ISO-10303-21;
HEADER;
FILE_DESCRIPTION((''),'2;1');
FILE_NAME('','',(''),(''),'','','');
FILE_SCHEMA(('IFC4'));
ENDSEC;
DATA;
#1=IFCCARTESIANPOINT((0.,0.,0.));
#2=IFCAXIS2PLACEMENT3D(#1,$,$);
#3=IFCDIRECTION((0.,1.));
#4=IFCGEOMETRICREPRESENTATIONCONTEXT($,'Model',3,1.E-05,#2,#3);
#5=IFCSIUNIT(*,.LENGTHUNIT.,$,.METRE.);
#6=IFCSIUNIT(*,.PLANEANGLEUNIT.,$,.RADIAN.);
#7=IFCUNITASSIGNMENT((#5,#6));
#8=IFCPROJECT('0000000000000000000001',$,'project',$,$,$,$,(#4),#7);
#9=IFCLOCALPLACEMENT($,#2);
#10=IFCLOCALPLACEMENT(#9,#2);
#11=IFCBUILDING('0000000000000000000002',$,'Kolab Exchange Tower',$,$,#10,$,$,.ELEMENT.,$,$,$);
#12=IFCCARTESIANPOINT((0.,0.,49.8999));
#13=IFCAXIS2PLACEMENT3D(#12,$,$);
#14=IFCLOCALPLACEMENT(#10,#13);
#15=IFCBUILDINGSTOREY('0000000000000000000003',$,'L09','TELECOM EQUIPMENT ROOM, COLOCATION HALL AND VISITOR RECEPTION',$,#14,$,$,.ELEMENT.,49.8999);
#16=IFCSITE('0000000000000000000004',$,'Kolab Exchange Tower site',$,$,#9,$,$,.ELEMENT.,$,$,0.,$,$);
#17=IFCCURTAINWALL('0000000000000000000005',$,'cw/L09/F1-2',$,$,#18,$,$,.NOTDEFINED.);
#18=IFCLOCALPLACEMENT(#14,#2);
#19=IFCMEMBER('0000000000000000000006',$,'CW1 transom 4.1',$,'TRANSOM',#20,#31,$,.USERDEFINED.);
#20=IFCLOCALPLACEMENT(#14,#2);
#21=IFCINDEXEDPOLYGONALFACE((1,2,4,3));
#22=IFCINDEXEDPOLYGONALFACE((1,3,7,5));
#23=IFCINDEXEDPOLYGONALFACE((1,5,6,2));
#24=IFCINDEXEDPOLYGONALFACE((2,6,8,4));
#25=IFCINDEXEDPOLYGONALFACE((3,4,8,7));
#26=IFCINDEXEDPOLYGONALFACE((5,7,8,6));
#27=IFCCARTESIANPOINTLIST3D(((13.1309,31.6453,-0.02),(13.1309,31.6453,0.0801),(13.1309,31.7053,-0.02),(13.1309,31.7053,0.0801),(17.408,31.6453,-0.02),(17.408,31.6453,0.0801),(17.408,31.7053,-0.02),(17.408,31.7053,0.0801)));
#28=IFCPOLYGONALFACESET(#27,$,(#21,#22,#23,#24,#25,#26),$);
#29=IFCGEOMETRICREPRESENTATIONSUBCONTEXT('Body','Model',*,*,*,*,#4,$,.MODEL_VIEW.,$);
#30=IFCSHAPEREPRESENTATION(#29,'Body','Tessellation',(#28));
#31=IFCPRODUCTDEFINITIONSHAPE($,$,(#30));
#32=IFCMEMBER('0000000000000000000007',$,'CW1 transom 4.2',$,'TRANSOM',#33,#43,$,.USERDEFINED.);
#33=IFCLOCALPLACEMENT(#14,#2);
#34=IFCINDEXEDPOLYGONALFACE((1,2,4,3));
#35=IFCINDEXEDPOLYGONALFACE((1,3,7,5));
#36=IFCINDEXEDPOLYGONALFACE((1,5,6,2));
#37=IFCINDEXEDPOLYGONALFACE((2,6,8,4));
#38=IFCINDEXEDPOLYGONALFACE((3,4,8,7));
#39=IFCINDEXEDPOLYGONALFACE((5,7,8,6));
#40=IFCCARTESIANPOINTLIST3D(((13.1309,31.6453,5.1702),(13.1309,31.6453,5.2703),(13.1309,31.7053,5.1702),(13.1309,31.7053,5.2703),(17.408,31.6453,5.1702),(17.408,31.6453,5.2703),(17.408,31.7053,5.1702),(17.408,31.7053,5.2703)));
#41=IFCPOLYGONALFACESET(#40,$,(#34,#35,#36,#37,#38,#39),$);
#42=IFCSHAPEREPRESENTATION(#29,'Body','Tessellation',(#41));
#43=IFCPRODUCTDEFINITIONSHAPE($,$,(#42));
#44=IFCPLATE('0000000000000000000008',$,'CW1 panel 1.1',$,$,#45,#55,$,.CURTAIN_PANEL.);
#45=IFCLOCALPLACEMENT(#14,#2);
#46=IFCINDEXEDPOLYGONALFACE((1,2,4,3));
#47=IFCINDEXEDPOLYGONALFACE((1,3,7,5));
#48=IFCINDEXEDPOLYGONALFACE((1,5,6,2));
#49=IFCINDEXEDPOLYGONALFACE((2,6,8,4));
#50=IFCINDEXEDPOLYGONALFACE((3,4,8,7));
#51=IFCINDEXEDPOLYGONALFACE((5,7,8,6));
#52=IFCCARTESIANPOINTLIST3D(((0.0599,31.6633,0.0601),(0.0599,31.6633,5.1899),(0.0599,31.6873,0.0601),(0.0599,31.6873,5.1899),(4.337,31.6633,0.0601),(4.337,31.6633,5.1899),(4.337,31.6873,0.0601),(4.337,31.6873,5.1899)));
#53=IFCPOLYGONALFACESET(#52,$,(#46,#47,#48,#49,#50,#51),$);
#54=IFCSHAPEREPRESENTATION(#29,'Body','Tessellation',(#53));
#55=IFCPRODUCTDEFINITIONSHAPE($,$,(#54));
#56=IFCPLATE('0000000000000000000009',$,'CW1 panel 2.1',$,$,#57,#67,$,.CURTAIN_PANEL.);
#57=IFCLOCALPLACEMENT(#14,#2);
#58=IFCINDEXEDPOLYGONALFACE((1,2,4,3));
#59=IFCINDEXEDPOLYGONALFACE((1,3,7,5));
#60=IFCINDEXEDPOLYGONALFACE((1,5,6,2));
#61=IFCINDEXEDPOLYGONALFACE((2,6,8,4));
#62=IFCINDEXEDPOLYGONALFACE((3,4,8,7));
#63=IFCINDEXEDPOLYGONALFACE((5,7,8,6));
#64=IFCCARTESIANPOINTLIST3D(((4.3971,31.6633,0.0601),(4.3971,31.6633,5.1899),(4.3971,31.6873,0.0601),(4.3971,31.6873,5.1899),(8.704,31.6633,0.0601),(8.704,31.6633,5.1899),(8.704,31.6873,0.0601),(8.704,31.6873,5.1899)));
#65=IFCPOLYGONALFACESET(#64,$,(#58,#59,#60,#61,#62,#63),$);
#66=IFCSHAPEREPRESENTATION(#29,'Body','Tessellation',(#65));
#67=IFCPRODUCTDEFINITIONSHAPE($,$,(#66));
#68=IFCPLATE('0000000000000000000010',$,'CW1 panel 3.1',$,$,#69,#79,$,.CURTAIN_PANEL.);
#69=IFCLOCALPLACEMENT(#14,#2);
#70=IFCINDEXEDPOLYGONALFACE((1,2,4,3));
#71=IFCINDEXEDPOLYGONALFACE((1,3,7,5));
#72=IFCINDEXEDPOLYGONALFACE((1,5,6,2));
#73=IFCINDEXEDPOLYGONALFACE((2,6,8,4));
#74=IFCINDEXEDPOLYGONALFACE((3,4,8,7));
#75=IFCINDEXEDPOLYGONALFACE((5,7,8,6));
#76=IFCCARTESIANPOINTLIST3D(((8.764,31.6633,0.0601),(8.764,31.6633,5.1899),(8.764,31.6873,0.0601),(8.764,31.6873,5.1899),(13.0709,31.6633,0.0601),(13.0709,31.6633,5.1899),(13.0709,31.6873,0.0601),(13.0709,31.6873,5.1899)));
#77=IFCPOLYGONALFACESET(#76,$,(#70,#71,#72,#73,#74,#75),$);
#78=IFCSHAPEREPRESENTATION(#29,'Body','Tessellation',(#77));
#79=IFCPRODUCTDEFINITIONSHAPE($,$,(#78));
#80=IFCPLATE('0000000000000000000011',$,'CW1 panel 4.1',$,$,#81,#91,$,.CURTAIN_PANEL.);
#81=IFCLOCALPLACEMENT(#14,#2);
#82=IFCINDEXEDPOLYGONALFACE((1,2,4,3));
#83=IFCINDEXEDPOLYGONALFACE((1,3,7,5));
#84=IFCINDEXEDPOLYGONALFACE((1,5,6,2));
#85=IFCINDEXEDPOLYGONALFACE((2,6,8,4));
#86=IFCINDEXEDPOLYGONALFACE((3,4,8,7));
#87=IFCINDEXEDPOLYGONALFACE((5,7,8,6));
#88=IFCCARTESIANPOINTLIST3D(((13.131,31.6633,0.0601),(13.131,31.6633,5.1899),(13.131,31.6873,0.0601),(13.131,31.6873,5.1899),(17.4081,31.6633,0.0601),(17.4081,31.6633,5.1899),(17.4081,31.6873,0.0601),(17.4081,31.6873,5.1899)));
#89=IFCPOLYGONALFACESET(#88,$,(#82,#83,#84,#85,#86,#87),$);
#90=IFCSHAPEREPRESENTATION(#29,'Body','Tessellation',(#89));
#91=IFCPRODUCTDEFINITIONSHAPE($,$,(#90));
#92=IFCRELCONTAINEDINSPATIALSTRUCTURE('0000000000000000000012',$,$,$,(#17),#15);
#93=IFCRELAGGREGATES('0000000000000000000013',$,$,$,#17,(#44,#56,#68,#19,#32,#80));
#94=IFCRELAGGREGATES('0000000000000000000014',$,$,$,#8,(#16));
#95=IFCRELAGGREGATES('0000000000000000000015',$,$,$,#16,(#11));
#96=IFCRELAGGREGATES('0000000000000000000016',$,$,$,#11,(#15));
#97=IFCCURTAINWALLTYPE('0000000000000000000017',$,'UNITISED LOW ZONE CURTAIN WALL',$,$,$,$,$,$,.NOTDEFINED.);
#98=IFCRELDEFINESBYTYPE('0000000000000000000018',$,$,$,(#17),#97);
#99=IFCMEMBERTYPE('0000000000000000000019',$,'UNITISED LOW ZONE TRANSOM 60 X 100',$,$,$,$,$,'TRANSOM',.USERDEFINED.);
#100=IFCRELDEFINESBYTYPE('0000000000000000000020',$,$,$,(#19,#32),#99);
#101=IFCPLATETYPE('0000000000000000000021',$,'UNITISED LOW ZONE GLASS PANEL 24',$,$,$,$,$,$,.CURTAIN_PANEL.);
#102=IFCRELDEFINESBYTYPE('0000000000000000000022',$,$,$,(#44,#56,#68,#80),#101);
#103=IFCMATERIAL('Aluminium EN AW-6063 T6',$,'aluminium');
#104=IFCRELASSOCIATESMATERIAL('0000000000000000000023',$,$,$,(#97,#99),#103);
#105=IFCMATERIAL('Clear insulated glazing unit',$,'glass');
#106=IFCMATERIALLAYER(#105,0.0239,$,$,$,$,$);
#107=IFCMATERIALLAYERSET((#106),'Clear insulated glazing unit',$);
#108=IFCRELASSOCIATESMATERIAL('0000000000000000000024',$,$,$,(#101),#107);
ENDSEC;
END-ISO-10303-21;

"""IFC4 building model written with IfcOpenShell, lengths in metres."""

from ifc_helpers import new_model, si_unit, direction, frame, origin, origin_2d, place, context, subcontext, project, spatial, rectangle, extrude, material, layer, layer_set, material_profile, profile_set, type_object, element, aggregate, save


model = new_model("IFC4")

# Units and contexts
model_context = context("Model", 3, precision=1e-05, world=origin(), true_north=direction((0.0, 1.0)))
body_context = subcontext(model_context, "Body", "Model", "MODEL_VIEW")
ifc_project = project(units=[si_unit("LENGTHUNIT", "METRE"), si_unit("PLANEANGLEUNIT", "RADIAN")], contexts=[model_context])

# Site, building, storey
site_placement = place(None, origin())
site = spatial("IfcSite", under=ifc_project, at=site_placement, Name="Kolab Exchange Tower site", CompositionType="ELEMENT", RefElevation=0.0)
building_placement = place(site_placement, origin())
building = spatial("IfcBuilding", under=site, at=building_placement, Name="Kolab Exchange Tower", CompositionType="ELEMENT")
storey_placement = place(building_placement, frame((0.0, 0.0, 49.8999)))
storey = spatial("IfcBuildingStorey", under=building, at=storey_placement, Name="L09", Description="TELECOM EQUIPMENT ROOM, COLOCATION HALL AND VISITOR RECEPTION", CompositionType="ELEMENT", Elevation=49.8999)

# Curtain wall, members, plates
ifc_material_1 = material(Name="Aluminium EN AW-6063 T6", Category="aluminium")
curtain_wall_type = type_object("IfcCurtainWallType", Name="UNITISED LOW ZONE CURTAIN WALL", PredefinedType="NOTDEFINED", material=ifc_material_1)
curtain_wall_placement = place(storey_placement, origin())
curtain_wall = element("IfcCurtainWall", 1, at=curtain_wall_placement, inside=storey, type_object=curtain_wall_type, Name="cw/L09/F1-2", PredefinedType="NOTDEFINED")
ifc_material_profile_1 = material_profile(ifc_material_1, rectangle(XDim=0.0601, YDim=0.1001, at=origin_2d()), Name="RECT 60X100")
ifc_profile_set_1 = profile_set([ifc_material_profile_1], Name="Aluminium EN AW-6063 T6")
member_type_1 = type_object("IfcMemberType", Name="UNITISED LOW ZONE TRANSOM 60 X 100", ElementType="TRANSOM", PredefinedType="USERDEFINED", material=ifc_profile_set_1)
member_1_placement = place(storey_placement, frame((13.1309, 31.6753, 0.03), z_axis=(1.0, 0.0, 0.0), x_axis=(0.0, 1.0, 0.0)))
member_1 = element("IfcMember", 2, at=member_1_placement, type_object=member_type_1, Name="CW1 transom 4.1", ObjectType="TRANSOM", PredefinedType="USERDEFINED", context=body_context, shape_type="SweptSolid", body=[
    extrude(rectangle(XDim=0.0601, YDim=0.1001, at=origin_2d()), origin(), (0.0, 0.0, 1.0), 4.2771),
])
member_2_placement = place(storey_placement, frame((13.1309, 31.6753, 5.2202), z_axis=(1.0, 0.0, 0.0), x_axis=(0.0, 1.0, 0.0)))
member_2 = element("IfcMember", 3, at=member_2_placement, type_object=member_type_1, Name="CW1 transom 4.2", ObjectType="TRANSOM", PredefinedType="USERDEFINED", context=body_context, shape_type="SweptSolid", body=[
    extrude(rectangle(XDim=0.0601, YDim=0.1001, at=origin_2d()), origin(), (0.0, 0.0, 1.0), 4.2771),
])
ifc_material_2 = material(Name="Clear insulated glazing unit", Category="glass")
ifc_layer = layer(ifc_material_2, 0.0239)
ifc_layer_set = layer_set([ifc_layer], Name="Clear insulated glazing unit")
plate_type = type_object("IfcPlateType", Name="UNITISED LOW ZONE GLASS PANEL 24", PredefinedType="CURTAIN_PANEL", material=ifc_layer_set)
plate_1_placement = place(storey_placement, frame((2.1985, 31.6753, 0.0601), z_axis=(0.0, 0.0, 1.0), x_axis=(1.0, 0.0, 0.0)))
plate_1 = element("IfcPlate", 4, at=plate_1_placement, type_object=plate_type, Name="CW1 panel 1.1", PredefinedType="CURTAIN_PANEL", context=body_context, shape_type="SweptSolid", body=[
    extrude(rectangle(XDim=4.2771, YDim=0.0239, at=origin_2d()), origin(), (0.0, 0.0, 1.0), 5.1299),
])
plate_2_placement = place(storey_placement, frame((6.5505, 31.6753, 0.0601), z_axis=(0.0, 0.0, 1.0), x_axis=(1.0, 0.0, 0.0)))
plate_2 = element("IfcPlate", 5, at=plate_2_placement, type_object=plate_type, Name="CW1 panel 2.1", PredefinedType="CURTAIN_PANEL", context=body_context, shape_type="SweptSolid", body=[
    extrude(rectangle(XDim=4.3069, YDim=0.0239, at=origin_2d()), origin(), (0.0, 0.0, 1.0), 5.1299),
])
plate_3_placement = place(storey_placement, frame((10.9175, 31.6753, 0.0601), z_axis=(0.0, 0.0, 1.0), x_axis=(1.0, 0.0, 0.0)))
plate_3 = element("IfcPlate", 6, at=plate_3_placement, type_object=plate_type, Name="CW1 panel 3.1", PredefinedType="CURTAIN_PANEL", context=body_context, shape_type="SweptSolid", body=[
    extrude(rectangle(XDim=4.3069, YDim=0.0239, at=origin_2d()), origin(), (0.0, 0.0, 1.0), 5.1299),
])
plate_4_placement = place(storey_placement, frame((15.2695, 31.6753, 0.0601), z_axis=(0.0, 0.0, 1.0), x_axis=(1.0, 0.0, 0.0)))
plate_4 = element("IfcPlate", 7, at=plate_4_placement, type_object=plate_type, Name="CW1 panel 4.1", PredefinedType="CURTAIN_PANEL", context=body_context, shape_type="SweptSolid", body=[
    extrude(rectangle(XDim=4.2771, YDim=0.0239, at=origin_2d()), origin(), (0.0, 0.0, 1.0), 5.1299),
])
aggregate(curtain_wall, [plate_1, plate_2, plate_3, member_1, member_2, plate_4])

save(model, "model.ifc")
